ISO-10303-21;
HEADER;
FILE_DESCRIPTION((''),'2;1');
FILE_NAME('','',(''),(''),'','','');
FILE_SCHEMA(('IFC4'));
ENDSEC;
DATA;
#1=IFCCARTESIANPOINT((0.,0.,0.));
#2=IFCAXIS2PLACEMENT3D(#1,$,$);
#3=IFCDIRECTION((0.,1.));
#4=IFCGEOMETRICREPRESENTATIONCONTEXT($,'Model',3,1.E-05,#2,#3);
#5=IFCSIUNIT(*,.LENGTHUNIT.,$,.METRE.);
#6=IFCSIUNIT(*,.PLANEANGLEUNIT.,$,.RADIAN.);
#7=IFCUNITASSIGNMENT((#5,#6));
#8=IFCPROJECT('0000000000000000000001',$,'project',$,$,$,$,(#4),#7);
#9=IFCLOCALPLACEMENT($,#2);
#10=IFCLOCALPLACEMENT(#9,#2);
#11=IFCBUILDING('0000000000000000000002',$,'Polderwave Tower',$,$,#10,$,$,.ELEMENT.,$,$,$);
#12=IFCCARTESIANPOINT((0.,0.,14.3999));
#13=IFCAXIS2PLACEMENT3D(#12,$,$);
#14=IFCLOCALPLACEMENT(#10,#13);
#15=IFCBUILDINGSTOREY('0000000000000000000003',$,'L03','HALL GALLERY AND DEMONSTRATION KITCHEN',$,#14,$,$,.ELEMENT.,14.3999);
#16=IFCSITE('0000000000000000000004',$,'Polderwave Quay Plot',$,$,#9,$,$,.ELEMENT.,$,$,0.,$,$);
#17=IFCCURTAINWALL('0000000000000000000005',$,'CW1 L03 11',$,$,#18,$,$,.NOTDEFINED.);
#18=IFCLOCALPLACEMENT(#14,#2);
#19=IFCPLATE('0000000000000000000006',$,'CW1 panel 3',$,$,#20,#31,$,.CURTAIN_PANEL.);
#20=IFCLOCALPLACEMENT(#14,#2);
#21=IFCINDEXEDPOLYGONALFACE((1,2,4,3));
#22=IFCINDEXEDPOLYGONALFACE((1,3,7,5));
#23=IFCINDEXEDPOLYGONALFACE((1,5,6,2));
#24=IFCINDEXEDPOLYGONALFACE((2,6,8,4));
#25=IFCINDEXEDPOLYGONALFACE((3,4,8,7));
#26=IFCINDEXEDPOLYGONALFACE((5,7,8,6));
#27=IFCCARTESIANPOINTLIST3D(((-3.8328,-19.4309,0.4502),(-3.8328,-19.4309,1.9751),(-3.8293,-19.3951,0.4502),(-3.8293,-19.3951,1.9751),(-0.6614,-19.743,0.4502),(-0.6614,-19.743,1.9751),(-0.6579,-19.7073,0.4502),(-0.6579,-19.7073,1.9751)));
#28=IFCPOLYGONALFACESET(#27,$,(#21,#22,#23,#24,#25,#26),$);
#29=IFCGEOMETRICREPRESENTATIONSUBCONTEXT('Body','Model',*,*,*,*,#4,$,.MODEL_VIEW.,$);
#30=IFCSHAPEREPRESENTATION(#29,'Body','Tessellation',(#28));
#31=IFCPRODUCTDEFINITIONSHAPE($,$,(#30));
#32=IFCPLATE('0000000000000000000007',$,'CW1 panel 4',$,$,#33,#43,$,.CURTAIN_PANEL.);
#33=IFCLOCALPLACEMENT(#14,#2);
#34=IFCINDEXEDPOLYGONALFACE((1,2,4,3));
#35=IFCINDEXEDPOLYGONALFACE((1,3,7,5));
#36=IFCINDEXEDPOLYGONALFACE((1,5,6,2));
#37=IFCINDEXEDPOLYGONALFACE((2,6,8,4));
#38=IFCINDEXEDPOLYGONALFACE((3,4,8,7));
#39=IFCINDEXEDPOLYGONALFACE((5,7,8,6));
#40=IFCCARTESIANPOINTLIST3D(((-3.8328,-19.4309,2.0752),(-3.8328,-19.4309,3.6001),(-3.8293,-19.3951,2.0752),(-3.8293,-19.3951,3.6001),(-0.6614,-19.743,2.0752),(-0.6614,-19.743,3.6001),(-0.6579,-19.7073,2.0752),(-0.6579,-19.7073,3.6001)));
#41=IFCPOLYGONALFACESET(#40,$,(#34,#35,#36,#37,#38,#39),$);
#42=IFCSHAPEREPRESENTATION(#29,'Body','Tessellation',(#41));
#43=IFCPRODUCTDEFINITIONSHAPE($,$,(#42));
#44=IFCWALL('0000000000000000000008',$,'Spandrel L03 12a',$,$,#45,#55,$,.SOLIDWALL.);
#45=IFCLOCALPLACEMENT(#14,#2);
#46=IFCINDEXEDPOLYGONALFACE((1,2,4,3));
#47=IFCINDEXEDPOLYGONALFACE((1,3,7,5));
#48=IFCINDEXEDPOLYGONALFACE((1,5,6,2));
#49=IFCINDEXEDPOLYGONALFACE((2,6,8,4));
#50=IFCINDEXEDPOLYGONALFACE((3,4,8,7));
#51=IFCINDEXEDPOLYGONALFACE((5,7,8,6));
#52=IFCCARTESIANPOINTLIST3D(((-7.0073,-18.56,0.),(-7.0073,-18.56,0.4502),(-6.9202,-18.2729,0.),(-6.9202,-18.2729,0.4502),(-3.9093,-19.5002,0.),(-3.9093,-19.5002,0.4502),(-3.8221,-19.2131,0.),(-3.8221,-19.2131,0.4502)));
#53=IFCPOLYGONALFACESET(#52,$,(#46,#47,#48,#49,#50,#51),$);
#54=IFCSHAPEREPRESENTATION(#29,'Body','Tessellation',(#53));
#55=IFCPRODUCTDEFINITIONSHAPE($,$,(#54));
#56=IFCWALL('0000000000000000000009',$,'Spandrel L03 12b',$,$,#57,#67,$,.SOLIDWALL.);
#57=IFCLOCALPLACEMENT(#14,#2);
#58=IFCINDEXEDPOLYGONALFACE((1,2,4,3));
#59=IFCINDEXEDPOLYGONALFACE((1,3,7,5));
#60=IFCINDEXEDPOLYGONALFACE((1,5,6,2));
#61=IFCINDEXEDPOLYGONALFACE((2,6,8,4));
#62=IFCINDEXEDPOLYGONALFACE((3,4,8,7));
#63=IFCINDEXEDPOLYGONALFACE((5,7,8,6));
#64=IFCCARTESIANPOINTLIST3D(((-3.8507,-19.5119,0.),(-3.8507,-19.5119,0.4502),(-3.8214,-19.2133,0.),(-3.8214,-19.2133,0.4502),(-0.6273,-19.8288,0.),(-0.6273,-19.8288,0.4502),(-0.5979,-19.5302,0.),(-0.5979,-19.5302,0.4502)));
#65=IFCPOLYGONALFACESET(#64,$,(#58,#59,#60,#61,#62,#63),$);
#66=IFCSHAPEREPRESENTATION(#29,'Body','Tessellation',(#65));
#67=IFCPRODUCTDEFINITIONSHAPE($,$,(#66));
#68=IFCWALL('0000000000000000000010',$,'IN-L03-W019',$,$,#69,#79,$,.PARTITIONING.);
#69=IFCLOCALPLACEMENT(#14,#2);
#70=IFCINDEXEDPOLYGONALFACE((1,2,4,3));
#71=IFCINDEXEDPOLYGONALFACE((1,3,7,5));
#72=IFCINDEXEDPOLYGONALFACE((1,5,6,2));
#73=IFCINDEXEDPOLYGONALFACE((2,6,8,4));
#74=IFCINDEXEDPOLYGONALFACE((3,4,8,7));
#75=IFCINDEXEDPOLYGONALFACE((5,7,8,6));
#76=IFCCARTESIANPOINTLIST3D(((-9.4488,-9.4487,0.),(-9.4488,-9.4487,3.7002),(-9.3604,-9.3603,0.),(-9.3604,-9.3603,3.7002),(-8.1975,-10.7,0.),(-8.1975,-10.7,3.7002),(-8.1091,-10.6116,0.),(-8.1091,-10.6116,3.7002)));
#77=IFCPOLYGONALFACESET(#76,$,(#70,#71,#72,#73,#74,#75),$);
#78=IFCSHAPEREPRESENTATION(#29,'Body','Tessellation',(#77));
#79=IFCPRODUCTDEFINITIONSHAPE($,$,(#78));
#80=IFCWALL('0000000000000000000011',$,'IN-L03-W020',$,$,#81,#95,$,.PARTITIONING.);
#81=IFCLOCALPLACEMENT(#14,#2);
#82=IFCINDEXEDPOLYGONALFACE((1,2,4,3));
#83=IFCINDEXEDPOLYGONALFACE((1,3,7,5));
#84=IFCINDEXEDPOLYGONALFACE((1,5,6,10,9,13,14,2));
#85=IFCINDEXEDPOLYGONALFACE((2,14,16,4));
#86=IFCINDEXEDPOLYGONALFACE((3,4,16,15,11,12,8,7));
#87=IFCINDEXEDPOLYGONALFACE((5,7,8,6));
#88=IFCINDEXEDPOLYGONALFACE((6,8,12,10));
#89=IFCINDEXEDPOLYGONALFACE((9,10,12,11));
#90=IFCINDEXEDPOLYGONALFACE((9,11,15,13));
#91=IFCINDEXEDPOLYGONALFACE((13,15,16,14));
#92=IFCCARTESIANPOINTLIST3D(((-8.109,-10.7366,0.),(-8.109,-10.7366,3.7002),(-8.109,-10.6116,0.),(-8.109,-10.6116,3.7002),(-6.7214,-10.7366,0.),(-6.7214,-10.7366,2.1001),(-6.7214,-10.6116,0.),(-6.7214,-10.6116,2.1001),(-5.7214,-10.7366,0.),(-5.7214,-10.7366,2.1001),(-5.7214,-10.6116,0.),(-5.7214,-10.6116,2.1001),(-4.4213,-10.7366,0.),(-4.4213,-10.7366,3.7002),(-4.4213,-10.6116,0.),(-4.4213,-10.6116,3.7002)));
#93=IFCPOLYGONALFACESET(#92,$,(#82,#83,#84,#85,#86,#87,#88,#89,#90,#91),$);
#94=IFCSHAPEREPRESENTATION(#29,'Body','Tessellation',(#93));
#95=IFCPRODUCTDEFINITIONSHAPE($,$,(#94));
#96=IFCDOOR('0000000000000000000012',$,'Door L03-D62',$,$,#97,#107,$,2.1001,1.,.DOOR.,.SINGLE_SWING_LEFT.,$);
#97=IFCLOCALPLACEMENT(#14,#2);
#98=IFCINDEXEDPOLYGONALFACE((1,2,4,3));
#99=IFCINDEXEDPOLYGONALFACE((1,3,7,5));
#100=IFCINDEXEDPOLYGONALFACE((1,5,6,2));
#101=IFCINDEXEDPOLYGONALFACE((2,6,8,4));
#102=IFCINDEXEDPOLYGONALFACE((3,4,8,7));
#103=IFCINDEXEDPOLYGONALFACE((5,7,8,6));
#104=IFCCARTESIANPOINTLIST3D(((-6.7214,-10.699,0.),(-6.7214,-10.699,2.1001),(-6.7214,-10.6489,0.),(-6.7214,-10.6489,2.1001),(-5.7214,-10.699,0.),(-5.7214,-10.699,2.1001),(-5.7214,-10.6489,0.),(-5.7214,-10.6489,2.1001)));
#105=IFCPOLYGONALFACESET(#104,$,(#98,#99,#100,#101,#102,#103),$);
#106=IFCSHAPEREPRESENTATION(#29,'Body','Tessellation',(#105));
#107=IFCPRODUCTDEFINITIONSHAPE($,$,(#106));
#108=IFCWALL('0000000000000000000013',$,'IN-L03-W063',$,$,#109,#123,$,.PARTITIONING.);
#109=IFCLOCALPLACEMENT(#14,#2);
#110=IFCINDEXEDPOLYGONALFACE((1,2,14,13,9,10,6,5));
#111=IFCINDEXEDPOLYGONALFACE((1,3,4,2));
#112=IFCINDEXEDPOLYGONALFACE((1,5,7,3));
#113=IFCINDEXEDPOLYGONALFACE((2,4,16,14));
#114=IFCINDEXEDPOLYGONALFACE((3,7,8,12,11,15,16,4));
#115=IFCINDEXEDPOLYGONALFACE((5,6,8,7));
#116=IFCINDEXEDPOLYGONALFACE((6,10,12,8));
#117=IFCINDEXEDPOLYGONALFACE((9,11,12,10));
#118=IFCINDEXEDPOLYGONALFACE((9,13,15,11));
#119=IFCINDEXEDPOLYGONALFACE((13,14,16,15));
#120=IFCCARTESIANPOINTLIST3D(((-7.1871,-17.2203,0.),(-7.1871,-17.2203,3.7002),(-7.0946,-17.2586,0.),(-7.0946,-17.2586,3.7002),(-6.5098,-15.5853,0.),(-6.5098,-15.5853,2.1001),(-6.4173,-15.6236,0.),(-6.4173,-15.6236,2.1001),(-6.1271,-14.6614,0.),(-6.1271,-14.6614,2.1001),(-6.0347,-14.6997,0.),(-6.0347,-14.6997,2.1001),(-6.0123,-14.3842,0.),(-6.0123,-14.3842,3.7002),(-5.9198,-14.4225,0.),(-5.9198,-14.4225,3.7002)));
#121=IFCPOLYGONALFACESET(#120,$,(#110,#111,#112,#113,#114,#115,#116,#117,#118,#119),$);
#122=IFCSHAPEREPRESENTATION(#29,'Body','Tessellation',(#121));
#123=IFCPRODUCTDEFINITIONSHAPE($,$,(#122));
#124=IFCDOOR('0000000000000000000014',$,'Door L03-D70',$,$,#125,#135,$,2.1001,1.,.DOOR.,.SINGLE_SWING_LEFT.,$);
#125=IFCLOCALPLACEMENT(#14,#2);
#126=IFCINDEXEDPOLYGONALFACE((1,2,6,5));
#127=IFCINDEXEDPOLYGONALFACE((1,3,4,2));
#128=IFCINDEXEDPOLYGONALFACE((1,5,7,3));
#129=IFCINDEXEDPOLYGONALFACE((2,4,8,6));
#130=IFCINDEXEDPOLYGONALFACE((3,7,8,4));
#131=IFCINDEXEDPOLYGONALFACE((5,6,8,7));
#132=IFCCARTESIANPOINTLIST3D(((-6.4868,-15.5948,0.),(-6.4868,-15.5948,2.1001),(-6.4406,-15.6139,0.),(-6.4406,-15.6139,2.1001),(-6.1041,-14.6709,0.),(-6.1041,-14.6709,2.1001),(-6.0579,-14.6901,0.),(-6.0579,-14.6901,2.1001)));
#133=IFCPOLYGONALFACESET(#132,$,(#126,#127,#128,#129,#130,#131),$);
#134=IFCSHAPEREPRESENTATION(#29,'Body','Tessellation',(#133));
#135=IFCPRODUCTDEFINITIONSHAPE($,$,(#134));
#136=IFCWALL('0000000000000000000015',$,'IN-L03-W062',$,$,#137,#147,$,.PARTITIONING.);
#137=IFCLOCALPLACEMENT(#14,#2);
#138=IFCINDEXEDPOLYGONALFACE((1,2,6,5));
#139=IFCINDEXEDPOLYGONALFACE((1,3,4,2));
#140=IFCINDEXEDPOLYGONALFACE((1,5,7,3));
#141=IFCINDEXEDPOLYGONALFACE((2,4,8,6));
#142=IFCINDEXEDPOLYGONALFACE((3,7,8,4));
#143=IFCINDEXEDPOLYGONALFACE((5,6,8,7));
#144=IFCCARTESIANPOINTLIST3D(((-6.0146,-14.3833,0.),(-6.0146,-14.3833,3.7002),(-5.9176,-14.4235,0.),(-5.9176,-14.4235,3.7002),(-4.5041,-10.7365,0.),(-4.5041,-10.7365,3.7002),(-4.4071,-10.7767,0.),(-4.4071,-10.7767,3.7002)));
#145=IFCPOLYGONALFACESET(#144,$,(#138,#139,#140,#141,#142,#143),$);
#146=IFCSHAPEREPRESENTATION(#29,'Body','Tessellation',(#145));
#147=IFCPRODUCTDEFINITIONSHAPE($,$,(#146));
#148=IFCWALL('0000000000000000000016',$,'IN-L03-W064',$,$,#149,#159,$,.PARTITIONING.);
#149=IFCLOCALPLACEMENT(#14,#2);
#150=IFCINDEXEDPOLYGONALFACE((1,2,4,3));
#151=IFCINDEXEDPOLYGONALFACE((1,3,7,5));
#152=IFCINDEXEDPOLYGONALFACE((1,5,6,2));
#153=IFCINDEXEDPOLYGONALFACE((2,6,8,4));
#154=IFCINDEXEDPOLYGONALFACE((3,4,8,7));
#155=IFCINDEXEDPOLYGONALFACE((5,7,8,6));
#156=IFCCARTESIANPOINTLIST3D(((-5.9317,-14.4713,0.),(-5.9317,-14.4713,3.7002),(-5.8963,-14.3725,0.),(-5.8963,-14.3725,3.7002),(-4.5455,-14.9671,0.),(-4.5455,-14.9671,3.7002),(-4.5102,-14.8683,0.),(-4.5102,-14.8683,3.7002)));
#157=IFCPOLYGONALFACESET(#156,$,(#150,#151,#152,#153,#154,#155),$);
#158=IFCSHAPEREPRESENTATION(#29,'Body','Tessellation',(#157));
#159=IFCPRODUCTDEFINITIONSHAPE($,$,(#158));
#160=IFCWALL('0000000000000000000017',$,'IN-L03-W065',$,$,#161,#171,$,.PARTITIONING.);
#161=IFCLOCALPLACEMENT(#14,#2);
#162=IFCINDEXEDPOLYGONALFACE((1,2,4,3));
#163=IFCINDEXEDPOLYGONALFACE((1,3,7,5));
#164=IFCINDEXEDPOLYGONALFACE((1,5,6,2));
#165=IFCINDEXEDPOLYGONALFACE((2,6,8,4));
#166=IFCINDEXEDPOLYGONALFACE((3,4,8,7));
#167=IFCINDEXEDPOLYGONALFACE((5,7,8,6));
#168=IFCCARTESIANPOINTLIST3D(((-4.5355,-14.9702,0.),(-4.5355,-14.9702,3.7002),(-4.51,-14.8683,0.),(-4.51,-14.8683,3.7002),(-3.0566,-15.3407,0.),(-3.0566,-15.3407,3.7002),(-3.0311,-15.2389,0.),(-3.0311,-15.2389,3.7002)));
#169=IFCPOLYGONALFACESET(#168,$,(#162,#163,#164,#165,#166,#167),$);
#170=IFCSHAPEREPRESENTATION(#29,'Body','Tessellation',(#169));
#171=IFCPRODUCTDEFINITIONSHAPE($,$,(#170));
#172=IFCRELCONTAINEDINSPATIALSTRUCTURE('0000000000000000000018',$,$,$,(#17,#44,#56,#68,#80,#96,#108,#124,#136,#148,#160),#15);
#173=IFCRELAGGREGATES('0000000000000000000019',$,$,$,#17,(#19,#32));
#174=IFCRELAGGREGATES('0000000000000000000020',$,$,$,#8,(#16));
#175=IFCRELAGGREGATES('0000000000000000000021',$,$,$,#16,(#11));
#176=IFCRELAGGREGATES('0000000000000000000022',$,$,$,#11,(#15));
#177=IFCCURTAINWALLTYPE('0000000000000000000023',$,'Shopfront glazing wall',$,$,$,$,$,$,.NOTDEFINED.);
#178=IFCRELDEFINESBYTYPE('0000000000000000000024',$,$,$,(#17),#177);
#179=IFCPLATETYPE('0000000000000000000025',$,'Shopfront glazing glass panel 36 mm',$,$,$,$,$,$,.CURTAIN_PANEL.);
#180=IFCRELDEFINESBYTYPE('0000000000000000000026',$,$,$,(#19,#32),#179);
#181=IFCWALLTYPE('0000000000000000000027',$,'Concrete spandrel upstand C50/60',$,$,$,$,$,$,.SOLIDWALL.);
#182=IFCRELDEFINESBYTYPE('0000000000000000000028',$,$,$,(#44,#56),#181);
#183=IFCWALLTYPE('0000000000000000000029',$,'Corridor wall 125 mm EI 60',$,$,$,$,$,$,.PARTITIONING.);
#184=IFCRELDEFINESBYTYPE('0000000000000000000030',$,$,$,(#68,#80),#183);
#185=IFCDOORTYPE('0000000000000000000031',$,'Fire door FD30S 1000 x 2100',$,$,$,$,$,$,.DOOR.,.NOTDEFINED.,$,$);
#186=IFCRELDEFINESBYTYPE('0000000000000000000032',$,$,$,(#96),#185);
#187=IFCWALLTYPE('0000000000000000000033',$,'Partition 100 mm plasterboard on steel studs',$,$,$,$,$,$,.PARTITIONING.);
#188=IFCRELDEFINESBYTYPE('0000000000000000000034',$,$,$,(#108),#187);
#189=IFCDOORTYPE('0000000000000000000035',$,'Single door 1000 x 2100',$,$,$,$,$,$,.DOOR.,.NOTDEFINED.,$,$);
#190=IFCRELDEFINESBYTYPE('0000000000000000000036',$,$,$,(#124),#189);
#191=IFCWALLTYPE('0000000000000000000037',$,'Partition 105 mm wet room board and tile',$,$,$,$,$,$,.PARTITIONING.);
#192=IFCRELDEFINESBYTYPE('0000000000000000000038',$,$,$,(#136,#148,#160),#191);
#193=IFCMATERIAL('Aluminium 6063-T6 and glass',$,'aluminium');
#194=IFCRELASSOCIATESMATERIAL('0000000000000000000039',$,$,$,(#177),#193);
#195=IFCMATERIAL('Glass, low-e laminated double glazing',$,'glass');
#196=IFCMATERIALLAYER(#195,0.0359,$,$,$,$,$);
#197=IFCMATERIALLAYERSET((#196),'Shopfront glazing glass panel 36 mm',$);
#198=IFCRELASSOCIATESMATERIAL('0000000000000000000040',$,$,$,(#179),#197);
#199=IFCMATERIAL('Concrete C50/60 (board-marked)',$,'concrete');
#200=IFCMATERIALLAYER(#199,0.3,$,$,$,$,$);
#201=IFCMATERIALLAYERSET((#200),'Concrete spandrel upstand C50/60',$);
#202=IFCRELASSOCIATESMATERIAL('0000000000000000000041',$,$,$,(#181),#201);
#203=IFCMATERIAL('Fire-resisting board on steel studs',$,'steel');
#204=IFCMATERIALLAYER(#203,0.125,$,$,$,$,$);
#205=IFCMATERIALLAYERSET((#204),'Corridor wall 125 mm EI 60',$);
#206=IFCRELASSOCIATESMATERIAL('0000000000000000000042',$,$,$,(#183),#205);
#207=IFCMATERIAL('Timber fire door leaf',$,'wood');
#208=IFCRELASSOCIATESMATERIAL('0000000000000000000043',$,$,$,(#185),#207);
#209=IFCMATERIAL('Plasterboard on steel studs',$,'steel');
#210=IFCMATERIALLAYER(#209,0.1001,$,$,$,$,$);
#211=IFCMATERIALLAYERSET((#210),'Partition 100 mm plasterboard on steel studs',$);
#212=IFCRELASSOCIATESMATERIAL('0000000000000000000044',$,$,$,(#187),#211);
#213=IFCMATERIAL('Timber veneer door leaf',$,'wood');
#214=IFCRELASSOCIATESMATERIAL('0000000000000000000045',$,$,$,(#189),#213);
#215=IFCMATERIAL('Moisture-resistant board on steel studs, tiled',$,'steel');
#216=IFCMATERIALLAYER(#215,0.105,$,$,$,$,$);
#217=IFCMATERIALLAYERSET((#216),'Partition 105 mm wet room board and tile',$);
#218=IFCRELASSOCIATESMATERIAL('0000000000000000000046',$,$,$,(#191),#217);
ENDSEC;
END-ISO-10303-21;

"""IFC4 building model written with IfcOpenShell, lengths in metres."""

from ifc_helpers import new_model, si_unit, direction, frame, frame_2d, origin, origin_2d, place, context, subcontext, project, spatial, rectangle, extrude, material, layer, layer_set, type_object, element, fill, aggregate, save


model = new_model("IFC4")

# Units and contexts
model_context = context("Model", 3, precision=1e-05, world=origin(), true_north=direction((0.0, 1.0)))
body_context = subcontext(model_context, "Body", "Model", "MODEL_VIEW")
ifc_project = project(units=[si_unit("LENGTHUNIT", "METRE"), si_unit("PLANEANGLEUNIT", "RADIAN")], contexts=[model_context])

# Site, building, storey
site_placement = place(None, origin())
site = spatial("IfcSite", under=ifc_project, at=site_placement, Name="Polderwave Quay Plot", CompositionType="ELEMENT", RefElevation=0.0)
building_placement = place(site_placement, origin())
building = spatial("IfcBuilding", under=site, at=building_placement, Name="Polderwave Tower", CompositionType="ELEMENT")
storey_placement = place(building_placement, frame((0.0, 0.0, 14.3999)))
storey = spatial("IfcBuildingStorey", under=building, at=storey_placement, Name="L03", Description="HALL GALLERY AND DEMONSTRATION KITCHEN", CompositionType="ELEMENT", Elevation=14.3999)

# Shared definitions
ifc_material_1 = material(Name="Aluminium 6063-T6 and glass", Category="aluminium")
curtain_wall_type = type_object("IfcCurtainWallType", Name="Shopfront glazing wall", PredefinedType="NOTDEFINED", material=ifc_material_1)

# Curtain wall, plates
curtain_wall_1_placement = place(storey_placement, origin())
curtain_wall_1 = element("IfcCurtainWall", 1, at=curtain_wall_1_placement, inside=storey, type_object=curtain_wall_type, Name="CW1 L03 11", PredefinedType="NOTDEFINED")
ifc_material_2 = material(Name="Glass, low-e laminated double glazing", Category="glass")
ifc_layer_1 = layer(ifc_material_2, 0.0359)
ifc_layer_set_1 = layer_set([ifc_layer_1], Name="Shopfront glazing glass panel 36 mm")
plate_type = type_object("IfcPlateType", Name="Shopfront glazing glass panel 36 mm", PredefinedType="CURTAIN_PANEL", material=ifc_layer_set_1)
plate_1_placement = place(storey_placement, frame((-2.2454, -19.5691, 0.4502), z_axis=(0.0, 0.0, 1.0), x_axis=(0.99519, -0.097963, 0.0)))
plate_1 = element("IfcPlate", 2, at=plate_1_placement, type_object=plate_type, Name="CW1 panel 3", PredefinedType="CURTAIN_PANEL", context=body_context, shape_type="SweptSolid", body=[
    extrude(rectangle(XDim=3.1868, YDim=0.0359, at=origin_2d()), origin(), (0.0, 0.0, 1.0), 1.5249),
])
plate_2_placement = place(storey_placement, frame((-2.2454, -19.5691, 2.0752), z_axis=(0.0, 0.0, 1.0), x_axis=(0.99519, -0.097963, 0.0)))
plate_2 = element("IfcPlate", 3, at=plate_2_placement, type_object=plate_type, Name="CW1 panel 4", PredefinedType="CURTAIN_PANEL", context=body_context, shape_type="SweptSolid", body=[
    extrude(rectangle(XDim=3.1868, YDim=0.0359, at=origin_2d()), origin(), (0.0, 0.0, 1.0), 1.5249),
])
aggregate(curtain_wall_1, [plate_1, plate_2])

# Walls
ifc_material_3 = material(Name="Concrete C50/60 (board-marked)", Category="concrete")
ifc_layer_2 = layer(ifc_material_3, 0.3)
ifc_layer_set_2 = layer_set([ifc_layer_2], Name="Concrete spandrel upstand C50/60")
wall_type_1 = type_object("IfcWallType", Name="Concrete spandrel upstand C50/60", PredefinedType="SOLIDWALL", material=ifc_layer_set_2)
wall_1_placement = place(storey_placement, frame((-6.9636, -18.4165, 0.0), z_axis=(0.0, 0.0, 1.0), x_axis=(0.956908, -0.29039, 0.0)))
element("IfcWall", 4, at=wall_1_placement, inside=storey, type_object=wall_type_1, Name="Spandrel L03 12a", PredefinedType="SOLIDWALL", context=body_context, shape_type="SweptSolid", body=[
    extrude(rectangle(XDim=3.2375, YDim=0.3, at=frame_2d((1.6187, 0.0))), origin(), (0.0, 0.0, 1.0), 0.4502),
])
wall_2_placement = place(storey_placement, frame((-3.8362, -19.3625, 0.0), z_axis=(0.0, 0.0, 1.0), x_axis=(0.995202, -0.097839, 0.0)))
element("IfcWall", 5, at=wall_2_placement, inside=storey, type_object=wall_type_1, Name="Spandrel L03 12b", PredefinedType="SOLIDWALL", context=body_context, shape_type="SweptSolid", body=[
    extrude(rectangle(XDim=3.239, YDim=0.3, at=frame_2d((1.6196, 0.0))), origin(), (0.0, 0.0, 1.0), 0.4502),
])
ifc_material_4 = material(Name="Fire-resisting board on steel studs", Category="steel")
ifc_layer_3 = layer(ifc_material_4, 0.125)
ifc_layer_set_3 = layer_set([ifc_layer_3], Name="Corridor wall 125 mm EI 60")
wall_type_2 = type_object("IfcWallType", Name="Corridor wall 125 mm EI 60", PredefinedType="PARTITIONING", material=ifc_layer_set_3)
wall_3_placement = place(storey_placement, frame((-8.1533, -10.6558, 0.0), z_axis=(0.0, 0.0, 1.0), x_axis=(-0.707107, 0.707107, 0.0)))
element("IfcWall", 6, at=wall_3_placement, inside=storey, type_object=wall_type_2, Name="IN-L03-W019", PredefinedType="PARTITIONING", context=body_context, shape_type="SweptSolid", body=[
    extrude(rectangle(XDim=1.7695, YDim=0.125, at=frame_2d((0.8848, 0.0))), origin(), (0.0, 0.0, 1.0), 3.7002),
])

# Walls, openings, doors
wall_4_placement = place(storey_placement, frame((-4.4214, -10.6741, 0.0), z_axis=(0.0, 0.0, 1.0), x_axis=(-1.0, 0.0, 0.0)))
wall_4 = element("IfcWall", 7, at=wall_4_placement, inside=storey, type_object=wall_type_2, Name="IN-L03-W020", PredefinedType="PARTITIONING", context=body_context, shape_type="SweptSolid", body=[
    extrude(rectangle(XDim=3.6877, YDim=0.125, at=frame_2d((1.8438, 0.0))), origin(), (0.0, 0.0, 1.0), 3.7002),
])
opening_1_placement = place(wall_4_placement, frame((1.3, 0.0, 0.0)))
opening_1 = element("IfcOpeningElement", 8, at=opening_1_placement, cuts=wall_4, PredefinedType="OPENING", context=body_context, shape_type="SweptSolid", body=[
    extrude(rectangle(XDim=1.0, YDim=2.1001, at=frame_2d((0.5, 1.05))), frame((0.0, 0.0725, 0.0), z_axis=(0.0, -1.0, 0.0), x_axis=(1.0, 0.0, 0.0)), (0.0, 0.0, 1.0), 0.145),
])
ifc_material_5 = material(Name="Timber fire door leaf", Category="wood")
door_type_1 = type_object("IfcDoorType", Name="Fire door FD30S 1000 x 2100", OperationType="NOTDEFINED", PredefinedType="DOOR", material=ifc_material_5)
door_1_placement = place(opening_1_placement, origin())
door_1 = element("IfcDoor", 9, at=door_1_placement, inside=storey, type_object=door_type_1, Name="Door L03-D62", OperationType="SINGLE_SWING_LEFT", OverallHeight=2.1001, OverallWidth=1.0, PredefinedType="DOOR", context=body_context, shape_type="SweptSolid", body=[
    extrude(rectangle(XDim=1.0, YDim=2.1001, at=frame_2d((0.5, 1.05))), frame((0.0, 0.0249, 0.0), z_axis=(0.0, -1.0, 0.0), x_axis=(1.0, 0.0, 0.0)), (0.0, 0.0, 1.0), 0.05),
])
fill(opening_1, door_1)
ifc_material_6 = material(Name="Plasterboard on steel studs", Category="steel")
ifc_layer_4 = layer(ifc_material_6, 0.1001)
ifc_layer_set_4 = layer_set([ifc_layer_4], Name="Partition 100 mm plasterboard on steel studs")
wall_type_3 = type_object("IfcWallType", Name="Partition 100 mm plasterboard on steel studs", PredefinedType="PARTITIONING", material=ifc_layer_set_4)
wall_5_placement = place(storey_placement, frame((-5.9661, -14.4033, 0.0), z_axis=(0.0, 0.0, 1.0), x_axis=(-0.382689, -0.923877, 0.0)))
wall_5 = element("IfcWall", 10, at=wall_5_placement, inside=storey, type_object=wall_type_3, Name="IN-L03-W063", PredefinedType="PARTITIONING", context=body_context, shape_type="SweptSolid", body=[
    extrude(rectangle(XDim=3.0698, YDim=0.1001, at=frame_2d((1.5349, 0.0))), origin(), (0.0, 0.0, 1.0), 3.7002),
])
opening_2_placement = place(wall_5_placement, frame((0.3, 0.0, 0.0)))
opening_2 = element("IfcOpeningElement", 11, at=opening_2_placement, cuts=wall_5, PredefinedType="OPENING", context=body_context, shape_type="SweptSolid", body=[
    extrude(rectangle(XDim=1.0, YDim=2.1001, at=frame_2d((0.5, 1.05))), frame((0.0, 0.0601, 0.0), z_axis=(0.0, -1.0, 0.0), x_axis=(1.0, 0.0, 0.0)), (0.0, 0.0, 1.0), 0.1201),
])
ifc_material_7 = material(Name="Timber veneer door leaf", Category="wood")
door_type_2 = type_object("IfcDoorType", Name="Single door 1000 x 2100", OperationType="NOTDEFINED", PredefinedType="DOOR", material=ifc_material_7)
door_2_placement = place(opening_2_placement, origin())
door_2 = element("IfcDoor", 12, at=door_2_placement, inside=storey, type_object=door_type_2, Name="Door L03-D70", OperationType="SINGLE_SWING_LEFT", OverallHeight=2.1001, OverallWidth=1.0, PredefinedType="DOOR", context=body_context, shape_type="SweptSolid", body=[
    extrude(rectangle(XDim=1.0, YDim=2.1001, at=frame_2d((0.5, 1.05))), frame((0.0, 0.0249, 0.0), z_axis=(0.0, -1.0, 0.0), x_axis=(1.0, 0.0, 0.0)), (0.0, 0.0, 1.0), 0.05),
])
fill(opening_2, door_2)

# Walls
ifc_material_8 = material(Name="Moisture-resistant board on steel studs, tiled", Category="steel")
ifc_layer_5 = layer(ifc_material_8, 0.105)
ifc_layer_set_5 = layer_set([ifc_layer_5], Name="Partition 105 mm wet room board and tile")
wall_type_4 = type_object("IfcWallType", Name="Partition 105 mm wet room board and tile", PredefinedType="PARTITIONING", material=ifc_layer_set_5)
wall_6_placement = place(storey_placement, frame((-4.4556, -10.7566, 0.0), z_axis=(0.0, 0.0, 1.0), x_axis=(-0.382678, -0.923882, 0.0)))
element("IfcWall", 13, at=wall_6_placement, inside=storey, type_object=wall_type_4, Name="IN-L03-W062", PredefinedType="PARTITIONING", context=body_context, shape_type="SweptSolid", body=[
    extrude(rectangle(XDim=3.9473, YDim=0.105, at=frame_2d((1.9736, 0.0))), origin(), (0.0, 0.0, 1.0), 3.7002),
])
wall_7_placement = place(storey_placement, frame((-4.5278, -14.9177, 0.0), z_axis=(0.0, 0.0, 1.0), x_axis=(-0.941577, 0.336799, 0.0)))
element("IfcWall", 14, at=wall_7_placement, inside=storey, type_object=wall_type_4, Name="IN-L03-W064", PredefinedType="PARTITIONING", context=body_context, shape_type="SweptSolid", body=[
    extrude(rectangle(XDim=1.4722, YDim=0.105, at=frame_2d((0.7361, 0.0))), origin(), (0.0, 0.0, 1.0), 3.7002),
])
for number, where, z_axis, x_axis, name in (
    (15, (-3.0439, -15.2898, 0.0), (0.0, 0.0, 1.0), (-0.97001, 0.243063, 0.0), "IN-L03-W065"),
):
    element("IfcWall", number, at=place(storey_placement, frame(where, z_axis=z_axis, x_axis=x_axis)), inside=storey, type_object=wall_type_4, Name=name, PredefinedType="PARTITIONING", context=body_context, shape_type="SweptSolid", body=[
        extrude(rectangle(XDim=1.5247, YDim=0.105, at=frame_2d((0.7622, 0.0))), origin(), (0.0, 0.0, 1.0), 3.7002),
    ])

save(model, "model.ifc")
